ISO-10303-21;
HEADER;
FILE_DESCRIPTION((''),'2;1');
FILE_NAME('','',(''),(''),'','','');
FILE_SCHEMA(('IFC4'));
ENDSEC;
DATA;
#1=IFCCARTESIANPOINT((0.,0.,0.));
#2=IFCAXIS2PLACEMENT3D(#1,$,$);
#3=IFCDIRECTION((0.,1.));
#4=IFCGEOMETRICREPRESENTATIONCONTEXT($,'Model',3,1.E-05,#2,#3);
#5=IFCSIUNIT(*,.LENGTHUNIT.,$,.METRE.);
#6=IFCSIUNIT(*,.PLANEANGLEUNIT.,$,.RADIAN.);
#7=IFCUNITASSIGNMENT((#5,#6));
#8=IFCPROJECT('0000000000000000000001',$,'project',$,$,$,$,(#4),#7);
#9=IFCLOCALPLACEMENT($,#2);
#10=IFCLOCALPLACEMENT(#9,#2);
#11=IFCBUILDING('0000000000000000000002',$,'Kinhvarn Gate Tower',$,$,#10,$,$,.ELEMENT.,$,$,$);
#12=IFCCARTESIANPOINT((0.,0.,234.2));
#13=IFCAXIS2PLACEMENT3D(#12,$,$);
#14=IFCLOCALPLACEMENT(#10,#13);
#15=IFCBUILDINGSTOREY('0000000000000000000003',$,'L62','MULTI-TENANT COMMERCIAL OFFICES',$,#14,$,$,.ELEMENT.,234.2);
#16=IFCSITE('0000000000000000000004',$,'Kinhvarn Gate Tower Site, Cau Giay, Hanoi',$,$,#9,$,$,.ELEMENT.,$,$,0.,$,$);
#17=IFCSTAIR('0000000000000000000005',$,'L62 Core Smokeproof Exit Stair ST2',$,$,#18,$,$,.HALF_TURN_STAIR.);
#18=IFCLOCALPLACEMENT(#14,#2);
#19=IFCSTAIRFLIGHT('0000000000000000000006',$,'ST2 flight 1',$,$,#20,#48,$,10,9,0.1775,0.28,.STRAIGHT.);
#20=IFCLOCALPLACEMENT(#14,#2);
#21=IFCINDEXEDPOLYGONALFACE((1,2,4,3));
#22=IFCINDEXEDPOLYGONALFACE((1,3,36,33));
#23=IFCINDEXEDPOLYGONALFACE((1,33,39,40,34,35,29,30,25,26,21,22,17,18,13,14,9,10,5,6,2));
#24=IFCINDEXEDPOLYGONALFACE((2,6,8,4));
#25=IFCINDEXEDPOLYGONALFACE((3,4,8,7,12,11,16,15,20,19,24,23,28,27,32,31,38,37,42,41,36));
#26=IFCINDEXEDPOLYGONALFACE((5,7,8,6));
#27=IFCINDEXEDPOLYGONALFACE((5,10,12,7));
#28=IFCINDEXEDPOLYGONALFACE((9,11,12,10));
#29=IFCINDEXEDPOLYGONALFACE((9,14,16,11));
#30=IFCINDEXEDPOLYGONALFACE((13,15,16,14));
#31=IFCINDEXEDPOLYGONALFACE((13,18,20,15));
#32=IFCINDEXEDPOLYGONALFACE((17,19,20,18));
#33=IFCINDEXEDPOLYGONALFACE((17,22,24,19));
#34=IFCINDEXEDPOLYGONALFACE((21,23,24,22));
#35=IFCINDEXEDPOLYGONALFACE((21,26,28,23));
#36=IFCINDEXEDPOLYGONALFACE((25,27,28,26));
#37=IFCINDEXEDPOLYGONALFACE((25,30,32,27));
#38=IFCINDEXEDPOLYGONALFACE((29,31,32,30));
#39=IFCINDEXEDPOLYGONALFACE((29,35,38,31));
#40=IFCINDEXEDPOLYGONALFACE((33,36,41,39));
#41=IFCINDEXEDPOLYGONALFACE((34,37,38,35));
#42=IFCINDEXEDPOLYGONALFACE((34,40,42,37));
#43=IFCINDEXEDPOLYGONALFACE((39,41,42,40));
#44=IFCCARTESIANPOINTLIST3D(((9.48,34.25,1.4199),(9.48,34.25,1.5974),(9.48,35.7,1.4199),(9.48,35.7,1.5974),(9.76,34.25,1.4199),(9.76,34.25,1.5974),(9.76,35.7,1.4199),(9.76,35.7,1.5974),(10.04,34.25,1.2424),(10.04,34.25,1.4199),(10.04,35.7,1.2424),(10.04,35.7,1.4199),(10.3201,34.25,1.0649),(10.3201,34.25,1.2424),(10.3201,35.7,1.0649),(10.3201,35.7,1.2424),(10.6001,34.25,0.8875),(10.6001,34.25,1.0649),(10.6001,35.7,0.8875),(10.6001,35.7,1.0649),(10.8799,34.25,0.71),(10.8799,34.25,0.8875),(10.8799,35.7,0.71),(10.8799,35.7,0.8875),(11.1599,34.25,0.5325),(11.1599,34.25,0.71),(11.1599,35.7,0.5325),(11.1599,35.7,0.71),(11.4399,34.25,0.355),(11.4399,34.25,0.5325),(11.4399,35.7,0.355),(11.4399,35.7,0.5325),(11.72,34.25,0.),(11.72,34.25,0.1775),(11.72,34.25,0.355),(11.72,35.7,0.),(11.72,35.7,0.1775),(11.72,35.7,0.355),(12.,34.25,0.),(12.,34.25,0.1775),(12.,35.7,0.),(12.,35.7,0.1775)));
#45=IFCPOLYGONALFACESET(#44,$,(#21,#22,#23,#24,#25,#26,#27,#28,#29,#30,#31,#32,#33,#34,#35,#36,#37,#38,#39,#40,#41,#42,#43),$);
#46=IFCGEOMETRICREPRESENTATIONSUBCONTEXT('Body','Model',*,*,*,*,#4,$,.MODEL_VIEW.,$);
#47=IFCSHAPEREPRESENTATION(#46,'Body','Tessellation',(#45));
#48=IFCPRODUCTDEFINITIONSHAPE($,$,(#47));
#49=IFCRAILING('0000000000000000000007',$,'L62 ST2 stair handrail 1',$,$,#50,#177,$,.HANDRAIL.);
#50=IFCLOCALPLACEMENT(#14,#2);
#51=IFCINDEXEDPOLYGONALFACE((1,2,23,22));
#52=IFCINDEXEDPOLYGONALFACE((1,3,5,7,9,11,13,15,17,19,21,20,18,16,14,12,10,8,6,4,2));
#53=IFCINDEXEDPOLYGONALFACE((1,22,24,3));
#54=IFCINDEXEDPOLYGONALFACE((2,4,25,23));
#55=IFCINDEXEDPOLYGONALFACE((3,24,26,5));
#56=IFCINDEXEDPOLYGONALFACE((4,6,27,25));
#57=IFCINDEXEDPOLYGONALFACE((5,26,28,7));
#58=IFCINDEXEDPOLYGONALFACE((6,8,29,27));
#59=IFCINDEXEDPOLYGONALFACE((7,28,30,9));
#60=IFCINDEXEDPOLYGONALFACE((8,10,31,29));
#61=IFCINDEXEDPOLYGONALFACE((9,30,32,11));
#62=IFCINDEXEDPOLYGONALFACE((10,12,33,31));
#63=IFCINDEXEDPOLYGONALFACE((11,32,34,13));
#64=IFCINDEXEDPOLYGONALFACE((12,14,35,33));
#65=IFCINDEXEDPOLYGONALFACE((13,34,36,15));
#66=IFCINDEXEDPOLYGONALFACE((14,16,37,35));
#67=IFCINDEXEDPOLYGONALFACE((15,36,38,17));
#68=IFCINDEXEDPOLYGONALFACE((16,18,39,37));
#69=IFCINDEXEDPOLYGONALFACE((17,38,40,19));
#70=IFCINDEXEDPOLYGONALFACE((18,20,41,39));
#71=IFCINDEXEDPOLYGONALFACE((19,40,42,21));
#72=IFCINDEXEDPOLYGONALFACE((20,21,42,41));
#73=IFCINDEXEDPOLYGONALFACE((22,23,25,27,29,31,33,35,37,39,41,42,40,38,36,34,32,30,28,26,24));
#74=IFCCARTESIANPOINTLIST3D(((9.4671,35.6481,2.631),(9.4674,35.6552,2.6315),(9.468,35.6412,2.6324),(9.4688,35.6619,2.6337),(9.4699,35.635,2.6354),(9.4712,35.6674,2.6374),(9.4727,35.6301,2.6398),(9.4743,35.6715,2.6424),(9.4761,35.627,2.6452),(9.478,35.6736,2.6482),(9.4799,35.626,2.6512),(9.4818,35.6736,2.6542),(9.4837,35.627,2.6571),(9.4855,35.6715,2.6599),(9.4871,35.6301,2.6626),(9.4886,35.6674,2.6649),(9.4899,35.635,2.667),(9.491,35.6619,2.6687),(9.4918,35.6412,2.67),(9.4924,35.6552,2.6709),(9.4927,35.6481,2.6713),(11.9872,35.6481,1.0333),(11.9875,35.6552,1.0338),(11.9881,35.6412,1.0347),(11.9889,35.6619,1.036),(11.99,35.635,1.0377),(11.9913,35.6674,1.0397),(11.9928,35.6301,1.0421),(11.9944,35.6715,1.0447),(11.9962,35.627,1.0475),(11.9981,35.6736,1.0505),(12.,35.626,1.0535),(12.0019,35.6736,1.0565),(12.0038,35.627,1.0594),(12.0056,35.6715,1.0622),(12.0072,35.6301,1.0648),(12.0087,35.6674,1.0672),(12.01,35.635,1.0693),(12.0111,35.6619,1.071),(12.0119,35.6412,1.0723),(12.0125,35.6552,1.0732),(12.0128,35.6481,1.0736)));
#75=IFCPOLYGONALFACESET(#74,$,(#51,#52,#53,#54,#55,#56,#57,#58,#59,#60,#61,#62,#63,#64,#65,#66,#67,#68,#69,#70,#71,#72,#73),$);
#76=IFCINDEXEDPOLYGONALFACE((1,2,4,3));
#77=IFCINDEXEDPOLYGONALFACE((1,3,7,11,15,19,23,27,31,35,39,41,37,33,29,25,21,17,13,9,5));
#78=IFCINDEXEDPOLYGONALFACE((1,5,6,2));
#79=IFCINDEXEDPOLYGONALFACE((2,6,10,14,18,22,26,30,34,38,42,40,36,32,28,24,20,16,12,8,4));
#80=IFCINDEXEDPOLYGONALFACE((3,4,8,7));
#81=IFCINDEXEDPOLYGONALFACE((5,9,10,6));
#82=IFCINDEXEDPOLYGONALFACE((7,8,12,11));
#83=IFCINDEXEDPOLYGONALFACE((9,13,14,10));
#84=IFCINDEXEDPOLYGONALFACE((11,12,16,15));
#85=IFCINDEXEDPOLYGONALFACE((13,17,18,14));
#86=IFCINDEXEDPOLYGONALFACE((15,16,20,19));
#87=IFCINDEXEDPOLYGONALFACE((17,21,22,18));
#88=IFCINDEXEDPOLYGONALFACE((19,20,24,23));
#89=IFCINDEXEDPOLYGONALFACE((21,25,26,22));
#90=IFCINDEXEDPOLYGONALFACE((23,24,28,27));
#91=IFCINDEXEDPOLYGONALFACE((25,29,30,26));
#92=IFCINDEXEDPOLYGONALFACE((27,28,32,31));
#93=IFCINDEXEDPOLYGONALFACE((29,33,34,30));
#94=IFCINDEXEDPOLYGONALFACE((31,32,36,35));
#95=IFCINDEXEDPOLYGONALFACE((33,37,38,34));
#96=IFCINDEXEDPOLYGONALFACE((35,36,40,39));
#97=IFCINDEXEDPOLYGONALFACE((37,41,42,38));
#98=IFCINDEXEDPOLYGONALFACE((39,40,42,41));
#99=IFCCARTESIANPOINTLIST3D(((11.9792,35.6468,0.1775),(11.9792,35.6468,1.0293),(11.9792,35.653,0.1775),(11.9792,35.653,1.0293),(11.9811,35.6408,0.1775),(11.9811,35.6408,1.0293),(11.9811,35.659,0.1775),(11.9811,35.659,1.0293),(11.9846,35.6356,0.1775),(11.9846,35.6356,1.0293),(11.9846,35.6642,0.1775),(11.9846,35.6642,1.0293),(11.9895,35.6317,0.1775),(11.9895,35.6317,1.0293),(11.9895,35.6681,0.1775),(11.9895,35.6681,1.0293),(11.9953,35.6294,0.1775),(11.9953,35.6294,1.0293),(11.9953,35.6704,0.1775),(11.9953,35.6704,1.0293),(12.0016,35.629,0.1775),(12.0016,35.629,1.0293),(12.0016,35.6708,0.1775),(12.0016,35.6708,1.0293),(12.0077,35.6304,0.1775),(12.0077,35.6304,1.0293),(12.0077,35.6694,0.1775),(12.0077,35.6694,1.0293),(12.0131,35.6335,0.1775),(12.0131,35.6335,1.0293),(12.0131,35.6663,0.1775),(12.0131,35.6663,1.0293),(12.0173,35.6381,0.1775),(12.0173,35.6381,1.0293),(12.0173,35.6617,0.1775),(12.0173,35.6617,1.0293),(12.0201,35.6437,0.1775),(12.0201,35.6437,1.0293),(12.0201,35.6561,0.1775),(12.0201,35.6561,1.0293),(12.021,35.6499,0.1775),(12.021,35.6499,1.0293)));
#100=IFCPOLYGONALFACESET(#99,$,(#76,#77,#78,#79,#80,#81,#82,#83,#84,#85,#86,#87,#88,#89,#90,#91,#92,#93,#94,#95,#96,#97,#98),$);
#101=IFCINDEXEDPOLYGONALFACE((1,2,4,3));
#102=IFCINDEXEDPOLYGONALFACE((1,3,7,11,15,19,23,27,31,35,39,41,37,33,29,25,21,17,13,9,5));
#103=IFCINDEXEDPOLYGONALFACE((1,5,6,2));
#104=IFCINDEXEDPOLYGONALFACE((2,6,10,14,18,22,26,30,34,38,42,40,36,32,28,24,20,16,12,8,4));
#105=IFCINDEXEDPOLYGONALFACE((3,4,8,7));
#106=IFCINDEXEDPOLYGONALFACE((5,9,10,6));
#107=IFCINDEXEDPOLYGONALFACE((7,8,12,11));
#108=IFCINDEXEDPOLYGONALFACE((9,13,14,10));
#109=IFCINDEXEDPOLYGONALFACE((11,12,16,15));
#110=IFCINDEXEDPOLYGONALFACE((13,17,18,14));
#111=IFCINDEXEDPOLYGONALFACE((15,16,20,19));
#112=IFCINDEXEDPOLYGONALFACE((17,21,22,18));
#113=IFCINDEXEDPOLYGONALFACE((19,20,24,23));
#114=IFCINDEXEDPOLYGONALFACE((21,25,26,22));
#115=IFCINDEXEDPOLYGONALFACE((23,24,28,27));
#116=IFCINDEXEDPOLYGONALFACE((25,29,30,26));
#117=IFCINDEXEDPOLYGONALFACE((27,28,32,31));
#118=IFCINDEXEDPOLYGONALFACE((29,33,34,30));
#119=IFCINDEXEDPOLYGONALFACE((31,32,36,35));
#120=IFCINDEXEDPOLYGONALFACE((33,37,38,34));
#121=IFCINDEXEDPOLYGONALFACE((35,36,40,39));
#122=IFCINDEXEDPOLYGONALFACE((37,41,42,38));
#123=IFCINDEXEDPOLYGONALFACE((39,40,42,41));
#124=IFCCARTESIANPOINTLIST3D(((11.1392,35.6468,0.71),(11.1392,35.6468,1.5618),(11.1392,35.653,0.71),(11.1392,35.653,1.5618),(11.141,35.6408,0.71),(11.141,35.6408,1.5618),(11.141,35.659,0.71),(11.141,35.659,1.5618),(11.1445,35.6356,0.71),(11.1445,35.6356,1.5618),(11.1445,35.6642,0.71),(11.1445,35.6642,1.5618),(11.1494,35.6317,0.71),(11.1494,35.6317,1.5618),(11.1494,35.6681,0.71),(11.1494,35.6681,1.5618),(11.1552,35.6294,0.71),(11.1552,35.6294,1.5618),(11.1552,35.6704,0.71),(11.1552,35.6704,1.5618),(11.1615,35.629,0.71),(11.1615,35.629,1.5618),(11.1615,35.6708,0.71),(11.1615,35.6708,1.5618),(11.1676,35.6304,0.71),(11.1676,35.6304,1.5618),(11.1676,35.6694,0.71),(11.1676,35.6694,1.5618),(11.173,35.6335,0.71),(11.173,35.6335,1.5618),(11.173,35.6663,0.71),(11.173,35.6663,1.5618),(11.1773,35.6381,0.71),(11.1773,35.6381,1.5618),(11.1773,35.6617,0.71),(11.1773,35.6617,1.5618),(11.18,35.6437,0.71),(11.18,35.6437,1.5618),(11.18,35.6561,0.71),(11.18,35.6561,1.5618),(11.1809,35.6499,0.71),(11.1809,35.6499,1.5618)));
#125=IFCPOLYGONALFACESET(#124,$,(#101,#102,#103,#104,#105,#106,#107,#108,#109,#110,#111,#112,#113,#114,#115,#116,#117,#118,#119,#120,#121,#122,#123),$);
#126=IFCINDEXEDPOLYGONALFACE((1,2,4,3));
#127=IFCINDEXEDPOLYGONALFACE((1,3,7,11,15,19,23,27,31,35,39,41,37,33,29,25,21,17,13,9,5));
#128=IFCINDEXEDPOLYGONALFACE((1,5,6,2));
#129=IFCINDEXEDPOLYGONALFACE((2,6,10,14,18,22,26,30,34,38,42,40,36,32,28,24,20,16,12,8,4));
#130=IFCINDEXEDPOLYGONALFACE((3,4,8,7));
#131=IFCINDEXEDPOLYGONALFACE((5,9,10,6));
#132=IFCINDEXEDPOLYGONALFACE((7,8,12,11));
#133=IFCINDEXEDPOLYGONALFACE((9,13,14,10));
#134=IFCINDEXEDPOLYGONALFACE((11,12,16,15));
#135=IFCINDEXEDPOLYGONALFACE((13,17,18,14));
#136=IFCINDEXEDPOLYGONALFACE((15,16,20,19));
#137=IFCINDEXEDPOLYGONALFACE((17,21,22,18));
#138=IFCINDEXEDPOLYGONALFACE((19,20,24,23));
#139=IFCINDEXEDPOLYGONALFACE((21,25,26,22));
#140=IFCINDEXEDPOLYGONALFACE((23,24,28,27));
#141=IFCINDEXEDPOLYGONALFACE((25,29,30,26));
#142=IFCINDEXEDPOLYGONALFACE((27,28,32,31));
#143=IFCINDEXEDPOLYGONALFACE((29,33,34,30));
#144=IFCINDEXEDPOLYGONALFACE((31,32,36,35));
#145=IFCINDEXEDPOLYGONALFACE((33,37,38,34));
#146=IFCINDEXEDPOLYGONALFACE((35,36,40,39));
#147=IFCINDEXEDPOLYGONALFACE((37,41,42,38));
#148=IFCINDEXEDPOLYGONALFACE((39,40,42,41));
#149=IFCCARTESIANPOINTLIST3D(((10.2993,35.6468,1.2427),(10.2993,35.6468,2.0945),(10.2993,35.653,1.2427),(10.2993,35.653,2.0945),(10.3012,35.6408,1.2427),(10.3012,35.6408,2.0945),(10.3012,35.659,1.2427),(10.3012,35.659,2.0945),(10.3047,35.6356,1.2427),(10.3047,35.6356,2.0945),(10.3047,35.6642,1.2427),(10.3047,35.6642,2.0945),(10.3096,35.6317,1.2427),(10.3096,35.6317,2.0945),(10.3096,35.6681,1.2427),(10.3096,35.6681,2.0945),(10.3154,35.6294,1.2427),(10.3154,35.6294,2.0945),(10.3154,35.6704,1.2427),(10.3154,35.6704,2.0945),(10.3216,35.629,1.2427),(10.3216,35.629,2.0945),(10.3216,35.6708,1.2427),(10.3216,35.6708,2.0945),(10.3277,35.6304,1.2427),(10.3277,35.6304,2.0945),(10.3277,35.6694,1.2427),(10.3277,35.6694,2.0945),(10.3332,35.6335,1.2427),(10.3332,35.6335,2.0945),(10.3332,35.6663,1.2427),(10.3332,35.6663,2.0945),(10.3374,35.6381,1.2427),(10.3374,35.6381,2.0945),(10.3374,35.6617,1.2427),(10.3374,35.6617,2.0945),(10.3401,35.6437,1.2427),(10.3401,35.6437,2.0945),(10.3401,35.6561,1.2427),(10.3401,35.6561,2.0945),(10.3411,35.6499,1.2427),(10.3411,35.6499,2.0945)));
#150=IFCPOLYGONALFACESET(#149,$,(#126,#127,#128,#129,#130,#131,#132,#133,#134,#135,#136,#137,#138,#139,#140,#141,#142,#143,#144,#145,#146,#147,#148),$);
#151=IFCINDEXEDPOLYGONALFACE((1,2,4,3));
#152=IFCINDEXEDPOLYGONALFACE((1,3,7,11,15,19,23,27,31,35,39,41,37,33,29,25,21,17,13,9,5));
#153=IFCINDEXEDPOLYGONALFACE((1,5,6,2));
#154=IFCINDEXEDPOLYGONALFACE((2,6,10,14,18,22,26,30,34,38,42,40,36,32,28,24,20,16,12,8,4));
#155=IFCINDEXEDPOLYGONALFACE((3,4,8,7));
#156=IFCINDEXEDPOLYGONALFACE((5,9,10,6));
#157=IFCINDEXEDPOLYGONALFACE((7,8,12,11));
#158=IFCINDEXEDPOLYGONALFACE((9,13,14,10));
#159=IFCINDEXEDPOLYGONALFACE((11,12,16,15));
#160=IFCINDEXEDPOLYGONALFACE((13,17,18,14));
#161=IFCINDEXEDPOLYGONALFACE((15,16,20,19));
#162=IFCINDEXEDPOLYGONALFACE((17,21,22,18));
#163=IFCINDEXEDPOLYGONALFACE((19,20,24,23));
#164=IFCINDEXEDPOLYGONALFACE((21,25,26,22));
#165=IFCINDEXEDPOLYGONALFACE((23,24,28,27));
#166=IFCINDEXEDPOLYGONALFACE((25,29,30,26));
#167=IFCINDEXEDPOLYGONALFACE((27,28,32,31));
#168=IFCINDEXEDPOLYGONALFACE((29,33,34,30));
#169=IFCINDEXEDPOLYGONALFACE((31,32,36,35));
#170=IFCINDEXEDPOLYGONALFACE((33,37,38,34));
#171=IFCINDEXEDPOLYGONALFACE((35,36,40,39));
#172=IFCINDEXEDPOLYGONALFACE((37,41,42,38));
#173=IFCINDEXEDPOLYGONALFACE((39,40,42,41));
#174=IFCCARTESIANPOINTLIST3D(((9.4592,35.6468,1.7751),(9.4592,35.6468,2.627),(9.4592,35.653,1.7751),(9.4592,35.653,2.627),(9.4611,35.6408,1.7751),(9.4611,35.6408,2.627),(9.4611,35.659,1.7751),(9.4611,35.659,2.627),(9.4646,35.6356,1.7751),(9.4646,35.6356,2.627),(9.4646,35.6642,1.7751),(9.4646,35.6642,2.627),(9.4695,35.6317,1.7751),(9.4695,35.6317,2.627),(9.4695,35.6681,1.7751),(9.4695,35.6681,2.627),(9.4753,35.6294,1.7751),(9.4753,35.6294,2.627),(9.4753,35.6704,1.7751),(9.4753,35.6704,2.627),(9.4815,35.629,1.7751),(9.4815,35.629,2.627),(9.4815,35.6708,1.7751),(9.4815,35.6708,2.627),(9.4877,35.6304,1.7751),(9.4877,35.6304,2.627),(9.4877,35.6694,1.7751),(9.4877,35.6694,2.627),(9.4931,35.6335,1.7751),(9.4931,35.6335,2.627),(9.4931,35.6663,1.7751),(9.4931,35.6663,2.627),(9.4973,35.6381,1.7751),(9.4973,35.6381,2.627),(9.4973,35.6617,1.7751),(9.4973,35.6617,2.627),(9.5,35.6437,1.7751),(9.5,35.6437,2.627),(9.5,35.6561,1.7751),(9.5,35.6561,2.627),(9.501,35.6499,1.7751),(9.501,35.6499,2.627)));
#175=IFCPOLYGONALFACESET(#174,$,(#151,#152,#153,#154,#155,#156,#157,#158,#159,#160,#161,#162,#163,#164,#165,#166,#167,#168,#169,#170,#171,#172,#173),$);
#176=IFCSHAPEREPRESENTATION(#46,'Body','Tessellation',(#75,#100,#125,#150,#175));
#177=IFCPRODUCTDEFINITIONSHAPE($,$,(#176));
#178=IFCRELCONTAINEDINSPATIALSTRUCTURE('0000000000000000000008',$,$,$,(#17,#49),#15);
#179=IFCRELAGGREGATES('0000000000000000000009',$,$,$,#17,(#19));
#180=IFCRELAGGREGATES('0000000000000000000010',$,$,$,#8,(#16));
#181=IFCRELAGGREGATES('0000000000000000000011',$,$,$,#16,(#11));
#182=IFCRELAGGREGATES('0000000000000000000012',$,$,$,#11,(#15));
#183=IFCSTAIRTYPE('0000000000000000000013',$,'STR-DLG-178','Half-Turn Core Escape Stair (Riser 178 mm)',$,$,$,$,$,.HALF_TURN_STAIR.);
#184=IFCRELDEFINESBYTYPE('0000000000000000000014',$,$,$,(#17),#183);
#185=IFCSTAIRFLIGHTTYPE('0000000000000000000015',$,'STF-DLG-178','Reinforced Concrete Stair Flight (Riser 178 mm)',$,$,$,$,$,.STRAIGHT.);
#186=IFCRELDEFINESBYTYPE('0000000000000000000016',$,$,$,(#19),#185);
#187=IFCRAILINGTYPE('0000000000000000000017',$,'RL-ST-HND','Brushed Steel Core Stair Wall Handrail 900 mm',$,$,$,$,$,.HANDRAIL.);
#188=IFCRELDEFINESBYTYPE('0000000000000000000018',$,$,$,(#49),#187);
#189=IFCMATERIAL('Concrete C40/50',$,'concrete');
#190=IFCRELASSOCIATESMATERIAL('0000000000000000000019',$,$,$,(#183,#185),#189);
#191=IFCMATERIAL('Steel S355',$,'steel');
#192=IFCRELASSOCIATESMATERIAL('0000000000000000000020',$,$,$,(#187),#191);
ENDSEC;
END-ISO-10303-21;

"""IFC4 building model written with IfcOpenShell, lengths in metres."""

from ifc_helpers import new_model, si_unit, direction, frame, origin, origin_2d, place, context, subcontext, project, spatial, polyline, circle, outline, extrude, material, type_object, element, aggregate, save


model = new_model("IFC4")

# Units and contexts
model_context = context("Model", 3, precision=1e-05, world=origin(), true_north=direction((0.0, 1.0)))
body_context = subcontext(model_context, "Body", "Model", "MODEL_VIEW")
ifc_project = project(units=[si_unit("LENGTHUNIT", "METRE"), si_unit("PLANEANGLEUNIT", "RADIAN")], contexts=[model_context])

# Site, building, storey
site_placement = place(None, origin())
site = spatial("IfcSite", under=ifc_project, at=site_placement, Name="Kinhvarn Gate Tower Site, Cau Giay, Hanoi", CompositionType="ELEMENT", RefElevation=0.0)
building_placement = place(site_placement, origin())
building = spatial("IfcBuilding", under=site, at=building_placement, Name="Kinhvarn Gate Tower", CompositionType="ELEMENT")
storey_placement = place(building_placement, frame((0.0, 0.0, 234.2)))
storey = spatial("IfcBuildingStorey", under=building, at=storey_placement, Name="L62", Description="MULTI-TENANT COMMERCIAL OFFICES", CompositionType="ELEMENT", Elevation=234.2)

# Shared definitions
ifc_material_1 = material(Name="Steel S355", Category="steel")

# Stair, stair flight
ifc_material_2 = material(Name="Concrete C40/50", Category="concrete")
stair_type = type_object("IfcStairType", Name="STR-DLG-178", Description="Half-Turn Core Escape Stair (Riser 178 mm)", PredefinedType="HALF_TURN_STAIR", material=ifc_material_2)
stair_placement = place(storey_placement, origin())
stair = element("IfcStair", 1, at=stair_placement, inside=storey, type_object=stair_type, Name="L62 Core Smokeproof Exit Stair ST2", PredefinedType="HALF_TURN_STAIR")
stair_flight_type = type_object("IfcStairFlightType", Name="STF-DLG-178", Description="Reinforced Concrete Stair Flight (Riser 178 mm)", PredefinedType="STRAIGHT", material=ifc_material_2)
stair_flight_placement = place(storey_placement, frame((12.0, 34.9751, 0.0), z_axis=(0.0, 0.0, 1.0), x_axis=(-1.0, 0.0, 0.0)))
stair_flight = element("IfcStairFlight", 2, at=stair_flight_placement, type_object=stair_flight_type, Name="ST2 flight 1", NumberOfRisers=10, NumberOfTreads=9, PredefinedType="STRAIGHT", RiserHeight=0.1775, TreadLength=0.28, context=body_context, shape_type="SweptSolid", body=[
    extrude(outline(polyline([(0.0, 0.0), (0.0, 0.1775), (0.28, 0.1775), (0.28, 0.355), (0.5601, 0.355), (0.5601, 0.5325), (0.8401, 0.5325), (0.8401, 0.71), (1.1201, 0.71), (1.1201, 0.8875), (1.3999, 0.8875), (1.3999, 1.0649), (1.6799, 1.0649), (1.6799, 1.2424), (1.96, 1.2424), (1.96, 1.4199), (2.24, 1.4199), (2.24, 1.5974), (2.52, 1.5974), (2.52, 1.7749), (2.52, 1.4199), (0.28, 0.0), (0.0, 0.0)])), frame((0.0, 0.7251, 0.0), z_axis=(0.0, -1.0, 0.0), x_axis=(1.0, 0.0, 0.0)), (0.0, 0.0, 1.0), 1.45),
])
aggregate(stair, [stair_flight])

# Railing
railing_type = type_object("IfcRailingType", Name="RL-ST-HND", Description="Brushed Steel Core Stair Wall Handrail 900 mm", PredefinedType="HANDRAIL", material=ifc_material_1)
railing_placement = place(storey_placement, frame((12.0, 35.6499, 0.1775)))
element("IfcRailing", 3, at=railing_placement, inside=storey, type_object=railing_type, Name="L62 ST2 stair handrail 1", PredefinedType="HANDRAIL", context=body_context, shape_type="SweptSolid", body=[
    extrude(circle(Radius=0.0239, at=origin_2d()), frame((0.0, 0.0, 0.876), z_axis=(-0.84457, 0.0, 0.535445), x_axis=(0.0, -1.0, 0.0)), (0.0, 0.0, 1.0), 2.9839),
    extrude(circle(Radius=0.021, at=origin_2d()), origin(), (0.0, 0.0, 1.0), 0.8518),
    extrude(circle(Radius=0.021, at=origin_2d()), frame((-0.8401, 0.0, 0.5325)), (0.0, 0.0, 1.0), 0.8518),
    extrude(circle(Radius=0.021, at=origin_2d()), frame((-1.6799, 0.0, 1.0652)), (0.0, 0.0, 1.0), 0.8518),
    extrude(circle(Radius=0.021, at=origin_2d()), frame((-2.52, 0.0, 1.5977)), (0.0, 0.0, 1.0), 0.8518),
])

save(model, "model.ifc")
